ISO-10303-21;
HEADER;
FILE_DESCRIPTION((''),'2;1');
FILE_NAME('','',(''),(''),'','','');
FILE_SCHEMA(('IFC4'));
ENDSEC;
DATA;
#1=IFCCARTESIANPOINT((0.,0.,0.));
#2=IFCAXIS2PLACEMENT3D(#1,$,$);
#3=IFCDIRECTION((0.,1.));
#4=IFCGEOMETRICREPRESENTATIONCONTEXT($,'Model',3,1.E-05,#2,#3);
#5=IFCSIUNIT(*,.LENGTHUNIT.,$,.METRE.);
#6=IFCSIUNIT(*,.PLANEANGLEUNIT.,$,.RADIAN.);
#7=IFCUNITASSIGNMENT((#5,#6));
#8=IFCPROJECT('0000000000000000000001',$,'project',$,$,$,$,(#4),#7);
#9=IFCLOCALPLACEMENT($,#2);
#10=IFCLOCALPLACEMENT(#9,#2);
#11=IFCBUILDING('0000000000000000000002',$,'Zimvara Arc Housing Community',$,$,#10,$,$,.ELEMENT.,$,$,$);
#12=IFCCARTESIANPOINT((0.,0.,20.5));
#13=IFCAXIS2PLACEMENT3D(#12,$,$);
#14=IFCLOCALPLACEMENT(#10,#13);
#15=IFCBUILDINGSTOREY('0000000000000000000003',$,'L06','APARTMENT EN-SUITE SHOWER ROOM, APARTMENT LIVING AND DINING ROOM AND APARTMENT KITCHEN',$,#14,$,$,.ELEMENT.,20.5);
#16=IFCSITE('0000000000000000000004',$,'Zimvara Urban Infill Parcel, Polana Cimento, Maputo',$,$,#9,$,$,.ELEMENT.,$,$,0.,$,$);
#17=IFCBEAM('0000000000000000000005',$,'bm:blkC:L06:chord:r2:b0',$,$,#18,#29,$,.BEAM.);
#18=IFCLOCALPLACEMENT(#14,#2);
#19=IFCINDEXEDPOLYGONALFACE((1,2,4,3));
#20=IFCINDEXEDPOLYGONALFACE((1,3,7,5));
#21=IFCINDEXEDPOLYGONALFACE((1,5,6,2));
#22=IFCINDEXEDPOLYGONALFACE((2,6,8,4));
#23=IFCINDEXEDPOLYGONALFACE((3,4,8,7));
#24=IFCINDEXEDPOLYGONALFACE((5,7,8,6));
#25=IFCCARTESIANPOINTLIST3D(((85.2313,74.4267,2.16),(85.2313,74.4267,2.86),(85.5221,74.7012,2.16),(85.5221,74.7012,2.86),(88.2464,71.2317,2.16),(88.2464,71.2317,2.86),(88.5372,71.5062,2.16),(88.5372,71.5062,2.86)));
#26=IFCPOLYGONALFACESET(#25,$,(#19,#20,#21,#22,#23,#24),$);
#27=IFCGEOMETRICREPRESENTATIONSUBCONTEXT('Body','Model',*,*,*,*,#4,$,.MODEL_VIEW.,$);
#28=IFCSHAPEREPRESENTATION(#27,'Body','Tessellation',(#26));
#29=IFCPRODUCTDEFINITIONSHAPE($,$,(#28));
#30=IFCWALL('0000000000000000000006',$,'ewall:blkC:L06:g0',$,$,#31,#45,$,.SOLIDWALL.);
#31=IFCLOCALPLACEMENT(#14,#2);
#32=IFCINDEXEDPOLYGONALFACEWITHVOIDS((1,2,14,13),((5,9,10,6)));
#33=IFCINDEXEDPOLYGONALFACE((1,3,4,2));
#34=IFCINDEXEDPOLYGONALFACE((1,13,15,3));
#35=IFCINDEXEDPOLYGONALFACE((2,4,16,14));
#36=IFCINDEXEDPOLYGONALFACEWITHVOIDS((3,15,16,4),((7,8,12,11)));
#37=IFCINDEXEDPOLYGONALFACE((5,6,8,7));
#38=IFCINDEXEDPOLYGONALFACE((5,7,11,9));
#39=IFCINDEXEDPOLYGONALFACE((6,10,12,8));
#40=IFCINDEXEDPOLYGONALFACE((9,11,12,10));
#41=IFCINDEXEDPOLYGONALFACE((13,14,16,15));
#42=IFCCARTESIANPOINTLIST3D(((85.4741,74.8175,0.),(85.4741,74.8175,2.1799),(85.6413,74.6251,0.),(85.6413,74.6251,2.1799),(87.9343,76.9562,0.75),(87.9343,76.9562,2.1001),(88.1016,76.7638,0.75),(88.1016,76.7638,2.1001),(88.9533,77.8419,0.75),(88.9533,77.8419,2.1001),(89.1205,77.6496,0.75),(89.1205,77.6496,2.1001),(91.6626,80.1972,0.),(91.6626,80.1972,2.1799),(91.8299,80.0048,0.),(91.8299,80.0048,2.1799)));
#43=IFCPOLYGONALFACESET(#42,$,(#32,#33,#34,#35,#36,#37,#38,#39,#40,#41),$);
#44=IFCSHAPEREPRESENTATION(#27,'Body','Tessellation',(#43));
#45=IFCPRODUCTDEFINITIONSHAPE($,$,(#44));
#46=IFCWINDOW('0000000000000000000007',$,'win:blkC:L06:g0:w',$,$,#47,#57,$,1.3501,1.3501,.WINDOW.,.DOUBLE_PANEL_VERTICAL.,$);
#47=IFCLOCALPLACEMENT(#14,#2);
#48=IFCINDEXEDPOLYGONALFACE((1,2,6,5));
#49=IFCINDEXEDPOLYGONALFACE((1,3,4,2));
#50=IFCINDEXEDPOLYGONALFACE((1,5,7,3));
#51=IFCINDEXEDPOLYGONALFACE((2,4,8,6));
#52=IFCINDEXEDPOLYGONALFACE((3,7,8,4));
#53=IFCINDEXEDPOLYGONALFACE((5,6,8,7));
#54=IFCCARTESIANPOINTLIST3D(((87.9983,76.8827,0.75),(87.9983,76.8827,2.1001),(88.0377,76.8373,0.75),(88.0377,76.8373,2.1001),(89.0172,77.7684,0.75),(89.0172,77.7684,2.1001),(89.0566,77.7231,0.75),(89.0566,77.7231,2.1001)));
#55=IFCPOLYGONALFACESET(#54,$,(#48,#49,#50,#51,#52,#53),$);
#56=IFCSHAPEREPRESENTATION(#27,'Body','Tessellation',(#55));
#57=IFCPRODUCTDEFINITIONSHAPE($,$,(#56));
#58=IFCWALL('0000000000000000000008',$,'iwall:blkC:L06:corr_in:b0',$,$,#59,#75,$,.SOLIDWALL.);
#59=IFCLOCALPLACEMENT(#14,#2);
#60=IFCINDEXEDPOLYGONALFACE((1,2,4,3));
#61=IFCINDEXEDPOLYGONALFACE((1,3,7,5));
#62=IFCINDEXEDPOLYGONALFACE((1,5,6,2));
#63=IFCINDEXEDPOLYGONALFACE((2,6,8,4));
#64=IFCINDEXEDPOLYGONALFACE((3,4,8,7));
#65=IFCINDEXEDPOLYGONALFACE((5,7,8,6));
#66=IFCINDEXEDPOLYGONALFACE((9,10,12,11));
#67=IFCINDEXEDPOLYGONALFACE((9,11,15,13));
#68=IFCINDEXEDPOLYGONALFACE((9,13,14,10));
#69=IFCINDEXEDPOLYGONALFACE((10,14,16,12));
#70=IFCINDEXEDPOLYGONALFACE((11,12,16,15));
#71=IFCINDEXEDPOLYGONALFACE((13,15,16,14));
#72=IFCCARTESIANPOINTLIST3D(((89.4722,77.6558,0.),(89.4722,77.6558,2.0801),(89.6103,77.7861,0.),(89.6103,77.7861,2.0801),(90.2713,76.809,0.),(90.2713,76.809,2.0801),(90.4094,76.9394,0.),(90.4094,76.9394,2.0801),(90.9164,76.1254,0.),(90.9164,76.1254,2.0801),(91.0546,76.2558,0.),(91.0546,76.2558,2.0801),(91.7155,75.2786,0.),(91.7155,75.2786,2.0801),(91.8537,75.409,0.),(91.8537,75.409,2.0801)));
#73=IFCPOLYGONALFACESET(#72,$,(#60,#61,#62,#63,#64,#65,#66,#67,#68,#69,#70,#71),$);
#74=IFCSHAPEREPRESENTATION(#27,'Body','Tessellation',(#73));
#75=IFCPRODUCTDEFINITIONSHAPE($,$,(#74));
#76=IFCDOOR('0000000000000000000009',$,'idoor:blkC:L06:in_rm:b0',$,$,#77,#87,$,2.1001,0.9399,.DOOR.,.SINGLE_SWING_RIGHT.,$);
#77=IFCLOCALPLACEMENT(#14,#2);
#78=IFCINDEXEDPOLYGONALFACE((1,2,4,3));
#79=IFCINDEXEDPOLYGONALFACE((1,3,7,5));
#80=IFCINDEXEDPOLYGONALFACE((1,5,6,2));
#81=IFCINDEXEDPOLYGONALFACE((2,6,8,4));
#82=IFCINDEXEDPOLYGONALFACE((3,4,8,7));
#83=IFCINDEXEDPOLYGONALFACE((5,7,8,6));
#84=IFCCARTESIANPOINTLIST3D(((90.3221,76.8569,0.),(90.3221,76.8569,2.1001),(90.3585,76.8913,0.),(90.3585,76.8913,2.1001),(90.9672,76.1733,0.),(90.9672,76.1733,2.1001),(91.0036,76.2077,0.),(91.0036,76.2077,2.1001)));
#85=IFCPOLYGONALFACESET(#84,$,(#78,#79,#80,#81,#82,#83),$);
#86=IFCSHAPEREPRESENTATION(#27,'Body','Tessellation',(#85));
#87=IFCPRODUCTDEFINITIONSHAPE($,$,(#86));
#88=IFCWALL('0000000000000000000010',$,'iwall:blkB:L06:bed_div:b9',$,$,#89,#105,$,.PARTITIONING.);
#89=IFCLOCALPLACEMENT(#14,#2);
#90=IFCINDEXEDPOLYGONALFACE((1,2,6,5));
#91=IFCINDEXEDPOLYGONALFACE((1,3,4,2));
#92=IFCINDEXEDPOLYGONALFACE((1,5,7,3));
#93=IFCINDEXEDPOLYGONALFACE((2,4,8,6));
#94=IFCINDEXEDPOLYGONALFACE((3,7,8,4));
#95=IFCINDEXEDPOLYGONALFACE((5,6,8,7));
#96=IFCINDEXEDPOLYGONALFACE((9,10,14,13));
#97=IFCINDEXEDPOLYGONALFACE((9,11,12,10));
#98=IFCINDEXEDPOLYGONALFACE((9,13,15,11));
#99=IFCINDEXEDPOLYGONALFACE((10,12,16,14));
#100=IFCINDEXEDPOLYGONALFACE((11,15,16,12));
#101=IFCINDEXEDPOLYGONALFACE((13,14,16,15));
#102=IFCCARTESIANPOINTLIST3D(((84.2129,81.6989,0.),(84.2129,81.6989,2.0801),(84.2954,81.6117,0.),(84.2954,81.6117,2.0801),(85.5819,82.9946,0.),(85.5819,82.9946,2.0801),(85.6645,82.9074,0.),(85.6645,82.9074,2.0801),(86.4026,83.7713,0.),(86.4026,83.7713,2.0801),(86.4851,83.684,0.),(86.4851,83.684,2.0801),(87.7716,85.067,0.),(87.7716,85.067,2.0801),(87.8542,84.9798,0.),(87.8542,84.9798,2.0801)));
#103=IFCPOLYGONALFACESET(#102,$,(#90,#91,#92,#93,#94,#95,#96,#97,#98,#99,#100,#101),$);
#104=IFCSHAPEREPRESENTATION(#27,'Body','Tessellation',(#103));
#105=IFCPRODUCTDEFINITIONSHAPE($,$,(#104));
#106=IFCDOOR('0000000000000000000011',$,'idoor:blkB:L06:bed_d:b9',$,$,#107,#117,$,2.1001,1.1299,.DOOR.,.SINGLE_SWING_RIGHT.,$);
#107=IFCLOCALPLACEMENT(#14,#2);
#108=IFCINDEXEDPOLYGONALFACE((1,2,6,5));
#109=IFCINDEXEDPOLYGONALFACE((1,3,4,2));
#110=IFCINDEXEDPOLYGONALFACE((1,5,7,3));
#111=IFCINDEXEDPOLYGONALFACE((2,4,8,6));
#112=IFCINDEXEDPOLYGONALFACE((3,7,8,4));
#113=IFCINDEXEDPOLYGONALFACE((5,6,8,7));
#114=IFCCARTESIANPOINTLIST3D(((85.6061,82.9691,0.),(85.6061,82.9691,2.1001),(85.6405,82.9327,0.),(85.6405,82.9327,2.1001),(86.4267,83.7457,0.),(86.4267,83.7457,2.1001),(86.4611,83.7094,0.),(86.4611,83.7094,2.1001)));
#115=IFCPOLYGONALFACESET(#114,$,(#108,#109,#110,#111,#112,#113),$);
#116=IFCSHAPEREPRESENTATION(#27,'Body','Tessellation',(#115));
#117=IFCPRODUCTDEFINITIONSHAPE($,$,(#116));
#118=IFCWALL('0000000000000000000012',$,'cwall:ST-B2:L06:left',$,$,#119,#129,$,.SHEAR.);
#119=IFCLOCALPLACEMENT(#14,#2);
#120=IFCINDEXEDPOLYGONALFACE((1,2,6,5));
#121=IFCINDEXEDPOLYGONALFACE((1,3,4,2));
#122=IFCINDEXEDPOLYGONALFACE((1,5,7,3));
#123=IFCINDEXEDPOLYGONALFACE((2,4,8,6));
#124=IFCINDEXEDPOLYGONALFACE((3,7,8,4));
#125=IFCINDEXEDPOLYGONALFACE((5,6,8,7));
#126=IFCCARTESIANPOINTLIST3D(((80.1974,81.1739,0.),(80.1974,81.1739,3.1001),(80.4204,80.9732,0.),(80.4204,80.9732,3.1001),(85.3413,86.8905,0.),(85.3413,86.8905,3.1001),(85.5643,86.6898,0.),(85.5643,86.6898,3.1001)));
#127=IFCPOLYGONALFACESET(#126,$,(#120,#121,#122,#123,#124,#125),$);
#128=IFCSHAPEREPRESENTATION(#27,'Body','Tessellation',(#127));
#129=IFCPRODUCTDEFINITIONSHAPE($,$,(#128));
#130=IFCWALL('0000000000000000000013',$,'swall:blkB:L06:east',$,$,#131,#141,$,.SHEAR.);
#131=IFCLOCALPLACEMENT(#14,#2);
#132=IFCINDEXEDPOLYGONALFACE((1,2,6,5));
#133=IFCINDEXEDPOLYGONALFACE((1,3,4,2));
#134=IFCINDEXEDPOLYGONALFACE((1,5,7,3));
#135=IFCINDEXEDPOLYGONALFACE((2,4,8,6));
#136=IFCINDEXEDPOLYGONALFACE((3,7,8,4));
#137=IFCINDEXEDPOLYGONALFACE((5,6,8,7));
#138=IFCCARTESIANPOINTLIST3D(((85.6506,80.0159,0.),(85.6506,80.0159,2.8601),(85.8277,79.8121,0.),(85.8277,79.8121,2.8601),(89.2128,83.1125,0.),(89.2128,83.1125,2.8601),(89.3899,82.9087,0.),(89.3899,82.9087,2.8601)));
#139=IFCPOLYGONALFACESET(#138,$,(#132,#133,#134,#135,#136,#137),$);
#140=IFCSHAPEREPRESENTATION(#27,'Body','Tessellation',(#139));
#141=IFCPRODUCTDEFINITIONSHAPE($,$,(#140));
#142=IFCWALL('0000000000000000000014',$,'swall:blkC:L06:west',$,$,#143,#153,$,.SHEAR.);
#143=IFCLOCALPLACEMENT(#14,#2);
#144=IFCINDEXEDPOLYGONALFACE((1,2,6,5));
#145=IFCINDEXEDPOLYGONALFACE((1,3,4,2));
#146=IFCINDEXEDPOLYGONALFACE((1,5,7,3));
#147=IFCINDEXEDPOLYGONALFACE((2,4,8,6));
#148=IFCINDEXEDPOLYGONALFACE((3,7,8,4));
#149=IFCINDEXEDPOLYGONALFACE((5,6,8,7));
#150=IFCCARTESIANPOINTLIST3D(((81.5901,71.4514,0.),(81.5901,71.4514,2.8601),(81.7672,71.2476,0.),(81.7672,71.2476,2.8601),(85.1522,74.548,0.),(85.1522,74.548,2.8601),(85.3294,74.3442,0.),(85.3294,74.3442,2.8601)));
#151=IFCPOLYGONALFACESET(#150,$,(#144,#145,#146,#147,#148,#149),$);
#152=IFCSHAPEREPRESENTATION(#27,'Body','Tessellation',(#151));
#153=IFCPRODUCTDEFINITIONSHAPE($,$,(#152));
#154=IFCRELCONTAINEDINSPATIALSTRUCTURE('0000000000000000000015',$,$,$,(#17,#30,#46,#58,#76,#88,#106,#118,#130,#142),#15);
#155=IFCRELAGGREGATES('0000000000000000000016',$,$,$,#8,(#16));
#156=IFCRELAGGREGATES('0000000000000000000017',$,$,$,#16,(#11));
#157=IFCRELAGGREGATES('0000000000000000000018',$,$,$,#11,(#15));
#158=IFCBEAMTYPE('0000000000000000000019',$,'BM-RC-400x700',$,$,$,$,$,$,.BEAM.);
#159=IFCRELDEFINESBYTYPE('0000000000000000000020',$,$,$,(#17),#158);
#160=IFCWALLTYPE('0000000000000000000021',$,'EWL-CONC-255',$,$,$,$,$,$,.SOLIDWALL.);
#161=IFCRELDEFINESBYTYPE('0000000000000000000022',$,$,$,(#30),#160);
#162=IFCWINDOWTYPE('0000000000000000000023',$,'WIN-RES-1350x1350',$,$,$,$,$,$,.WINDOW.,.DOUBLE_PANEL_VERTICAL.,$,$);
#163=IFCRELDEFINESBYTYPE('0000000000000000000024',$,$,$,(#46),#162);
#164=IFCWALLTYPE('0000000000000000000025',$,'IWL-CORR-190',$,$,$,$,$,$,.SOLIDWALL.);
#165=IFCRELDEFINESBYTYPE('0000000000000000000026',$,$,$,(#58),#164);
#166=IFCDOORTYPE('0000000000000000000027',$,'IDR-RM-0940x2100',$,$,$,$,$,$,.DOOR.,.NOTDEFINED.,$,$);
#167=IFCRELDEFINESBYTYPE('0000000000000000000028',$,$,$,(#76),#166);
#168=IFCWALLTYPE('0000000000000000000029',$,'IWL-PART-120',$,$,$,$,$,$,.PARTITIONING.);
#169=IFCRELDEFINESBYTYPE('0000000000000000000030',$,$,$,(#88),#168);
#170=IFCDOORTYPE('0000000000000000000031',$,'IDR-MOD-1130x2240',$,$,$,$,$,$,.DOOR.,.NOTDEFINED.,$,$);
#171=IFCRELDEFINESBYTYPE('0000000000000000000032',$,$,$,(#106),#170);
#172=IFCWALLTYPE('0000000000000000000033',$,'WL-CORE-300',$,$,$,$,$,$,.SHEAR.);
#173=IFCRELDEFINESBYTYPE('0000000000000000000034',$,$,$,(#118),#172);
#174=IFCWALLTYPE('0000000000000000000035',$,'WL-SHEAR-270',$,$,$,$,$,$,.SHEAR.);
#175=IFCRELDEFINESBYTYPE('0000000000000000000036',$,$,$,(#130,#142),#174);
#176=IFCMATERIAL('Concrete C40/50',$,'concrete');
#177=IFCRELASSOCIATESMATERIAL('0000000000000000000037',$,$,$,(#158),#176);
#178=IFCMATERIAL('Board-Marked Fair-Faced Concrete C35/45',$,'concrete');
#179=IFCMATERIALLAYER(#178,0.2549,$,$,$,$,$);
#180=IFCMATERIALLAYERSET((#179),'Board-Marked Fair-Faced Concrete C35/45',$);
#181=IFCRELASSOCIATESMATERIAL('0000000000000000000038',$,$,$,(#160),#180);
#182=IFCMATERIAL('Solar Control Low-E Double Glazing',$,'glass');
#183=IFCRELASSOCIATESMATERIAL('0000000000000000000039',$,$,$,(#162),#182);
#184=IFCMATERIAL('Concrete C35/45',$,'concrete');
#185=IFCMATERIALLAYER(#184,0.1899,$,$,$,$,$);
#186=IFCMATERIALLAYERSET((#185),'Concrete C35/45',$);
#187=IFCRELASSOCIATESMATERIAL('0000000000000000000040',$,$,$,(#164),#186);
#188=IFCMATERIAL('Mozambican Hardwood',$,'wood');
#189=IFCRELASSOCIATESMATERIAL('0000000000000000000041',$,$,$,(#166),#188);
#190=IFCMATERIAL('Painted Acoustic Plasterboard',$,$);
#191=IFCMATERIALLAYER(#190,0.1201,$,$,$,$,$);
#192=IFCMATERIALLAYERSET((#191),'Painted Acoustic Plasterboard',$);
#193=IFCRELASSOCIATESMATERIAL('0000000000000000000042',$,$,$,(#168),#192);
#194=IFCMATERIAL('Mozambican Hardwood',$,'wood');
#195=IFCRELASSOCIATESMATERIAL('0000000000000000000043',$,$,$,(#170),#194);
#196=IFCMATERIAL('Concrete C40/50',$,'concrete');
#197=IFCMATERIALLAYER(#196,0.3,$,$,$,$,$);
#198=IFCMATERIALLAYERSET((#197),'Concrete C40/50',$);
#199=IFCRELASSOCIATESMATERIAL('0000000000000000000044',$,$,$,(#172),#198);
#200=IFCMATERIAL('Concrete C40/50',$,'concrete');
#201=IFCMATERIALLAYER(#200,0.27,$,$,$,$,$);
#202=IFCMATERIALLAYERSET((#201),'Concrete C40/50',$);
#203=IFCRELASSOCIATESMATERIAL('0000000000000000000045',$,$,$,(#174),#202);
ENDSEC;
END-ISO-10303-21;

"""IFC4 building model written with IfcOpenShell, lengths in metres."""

from ifc_helpers import new_model, si_unit, direction, frame, frame_2d, origin, origin_2d, place, context, subcontext, project, spatial, rectangle, extrude, material, layer, layer_set, material_profile, profile_set, type_object, element, fill, save


model = new_model("IFC4")

# Units and contexts
model_context = context("Model", 3, precision=1e-05, world=origin(), true_north=direction((0.0, 1.0)))
body_context = subcontext(model_context, "Body", "Model", "MODEL_VIEW")
ifc_project = project(units=[si_unit("LENGTHUNIT", "METRE"), si_unit("PLANEANGLEUNIT", "RADIAN")], contexts=[model_context])

# Site, building, storey
site_placement = place(None, origin())
site = spatial("IfcSite", under=ifc_project, at=site_placement, Name="Zimvara Urban Infill Parcel, Polana Cimento, Maputo", CompositionType="ELEMENT", RefElevation=0.0)
building_placement = place(site_placement, origin())
building = spatial("IfcBuilding", under=site, at=building_placement, Name="Zimvara Arc Housing Community", CompositionType="ELEMENT")
storey_placement = place(building_placement, frame((0.0, 0.0, 20.5)))
storey = spatial("IfcBuildingStorey", under=building, at=storey_placement, Name="L06", Description="APARTMENT EN-SUITE SHOWER ROOM, APARTMENT LIVING AND DINING ROOM AND APARTMENT KITCHEN", CompositionType="ELEMENT", Elevation=20.5)

# Beam
ifc_material_1 = material(Name="Concrete C40/50", Category="concrete")
ifc_material_profile_1 = material_profile(ifc_material_1, rectangle(XDim=0.3999, YDim=0.7, at=origin_2d()), Name="RC 400x700")
ifc_profile_set_1 = profile_set([ifc_material_profile_1], Name="Concrete C40/50")
beam_type_1 = type_object("IfcBeamType", Name="BM-RC-400x700", PredefinedType="BEAM", material=ifc_profile_set_1)
beam_1_placement = place(storey_placement, frame((85.3767, 74.564, 2.51), z_axis=(0.686331, -0.727289, 0.0), x_axis=(0.727289, 0.686331, 0.0)))
element("IfcBeam", 1, at=beam_1_placement, inside=storey, type_object=beam_type_1, Name="bm:blkC:L06:chord:r2:b0", PredefinedType="BEAM", context=body_context, shape_type="SweptSolid", body=[
    extrude(rectangle(XDim=0.3999, YDim=0.7, at=origin_2d()), origin(), (0.0, 0.0, 1.0), 4.3931),
])

# Wall, opening, window
ifc_material_2 = material(Name="Board-Marked Fair-Faced Concrete C35/45", Category="concrete")
ifc_layer_1 = layer(ifc_material_2, 0.2549)
ifc_layer_set_1 = layer_set([ifc_layer_1], Name="Board-Marked Fair-Faced Concrete C35/45")
wall_type_1 = type_object("IfcWallType", Name="EWL-CONC-255", PredefinedType="SOLIDWALL", material=ifc_layer_set_1)
wall_1_placement = place(storey_placement, frame((91.7463, 80.1011, 0.0), z_axis=(0.0, 0.0, 1.0), x_axis=(-0.754705, -0.656064, 0.0)))
wall_1 = element("IfcWall", 2, at=wall_1_placement, inside=storey, type_object=wall_type_1, Name="ewall:blkC:L06:g0", PredefinedType="SOLIDWALL", context=body_context, shape_type="SweptSolid", body=[
    extrude(rectangle(XDim=8.2, YDim=0.2549, at=frame_2d((4.1001, 0.0))), origin(), (0.0, 0.0, 1.0), 2.1799),
])
opening_1_placement = place(wall_1_placement, frame((3.5901, 0.0, 0.75)))
opening_1 = element("IfcOpeningElement", 3, at=opening_1_placement, cuts=wall_1, PredefinedType="OPENING", context=body_context, shape_type="SweptSolid", body=[
    extrude(rectangle(XDim=1.3501, YDim=1.3501, at=frame_2d((0.675, 0.675))), frame((0.0, 0.1375, 0.0), z_axis=(0.0, -1.0, 0.0), x_axis=(1.0, 0.0, 0.0)), (0.0, 0.0, 1.0), 0.2749),
])
ifc_material_3 = material(Name="Solar Control Low-E Double Glazing", Category="glass")
window_type = type_object("IfcWindowType", Name="WIN-RES-1350x1350", PartitioningType="DOUBLE_PANEL_VERTICAL", PredefinedType="WINDOW", material=ifc_material_3)
window_placement = place(opening_1_placement, origin())
window = element("IfcWindow", 4, at=window_placement, inside=storey, type_object=window_type, Name="win:blkC:L06:g0:w", OverallHeight=1.3501, OverallWidth=1.3501, PartitioningType="DOUBLE_PANEL_VERTICAL", PredefinedType="WINDOW", context=body_context, shape_type="SweptSolid", body=[
    extrude(rectangle(XDim=1.3501, YDim=1.3501, at=frame_2d((0.675, 0.675))), frame((0.0, 0.03, 0.0), z_axis=(0.0, -1.0, 0.0), x_axis=(1.0, 0.0, 0.0)), (0.0, 0.0, 1.0), 0.0601),
])
fill(opening_1, window)

# Walls, openings, doors
ifc_material_4 = material(Name="Concrete C35/45", Category="concrete")
ifc_layer_2 = layer(ifc_material_4, 0.1899)
ifc_layer_set_2 = layer_set([ifc_layer_2], Name="Concrete C35/45")
wall_type_2 = type_object("IfcWallType", Name="IWL-CORR-190", PredefinedType="SOLIDWALL", material=ifc_layer_set_2)
wall_2_placement = place(storey_placement, frame((89.5413, 77.7209, 0.0), z_axis=(0.0, 0.0, 1.0), x_axis=(0.686345, -0.727276, 0.0)))
wall_2 = element("IfcWall", 5, at=wall_2_placement, inside=storey, type_object=wall_type_2, Name="iwall:blkC:L06:corr_in:b0", PredefinedType="SOLIDWALL", context=body_context, shape_type="SweptSolid", body=[
    extrude(rectangle(XDim=3.2686, YDim=0.1899, at=frame_2d((1.6343, 0.0))), origin(), (0.0, 0.0, 1.0), 2.0801),
])
opening_2_placement = place(wall_2_placement, frame((1.1643, 0.0, 0.0)))
opening_2 = element("IfcOpeningElement", 6, at=opening_2_placement, cuts=wall_2, PredefinedType="OPENING", context=body_context, shape_type="SweptSolid", body=[
    extrude(rectangle(XDim=0.9399, YDim=2.1001, at=frame_2d((0.47, 1.05))), frame((0.0, 0.105, 0.0), z_axis=(0.0, -1.0, 0.0), x_axis=(1.0, 0.0, 0.0)), (0.0, 0.0, 1.0), 0.21),
])
ifc_material_5 = material(Name="Mozambican Hardwood", Category="wood")
door_type_1 = type_object("IfcDoorType", Name="IDR-RM-0940x2100", OperationType="NOTDEFINED", PredefinedType="DOOR", material=ifc_material_5)
door_1_placement = place(opening_2_placement, origin())
door_1 = element("IfcDoor", 7, at=door_1_placement, inside=storey, type_object=door_type_1, Name="idoor:blkC:L06:in_rm:b0", OperationType="SINGLE_SWING_RIGHT", OverallHeight=2.1001, OverallWidth=0.9399, PredefinedType="DOOR", context=body_context, shape_type="SweptSolid", body=[
    extrude(rectangle(XDim=0.9399, YDim=2.1001, at=frame_2d((0.47, 1.05))), frame((0.0, 0.0249, 0.0), z_axis=(0.0, -1.0, 0.0), x_axis=(1.0, 0.0, 0.0)), (0.0, 0.0, 1.0), 0.05),
])
fill(opening_2, door_1)
ifc_material_6 = material(Name="Painted Acoustic Plasterboard")
ifc_layer_3 = layer(ifc_material_6, 0.1201)
ifc_layer_set_3 = layer_set([ifc_layer_3], Name="Painted Acoustic Plasterboard")
wall_type_3 = type_object("IfcWallType", Name="IWL-PART-120", PredefinedType="PARTITIONING", material=ifc_layer_set_3)
wall_3_placement = place(storey_placement, frame((84.2542, 81.6553, 0.0), z_axis=(0.0, 0.0, 1.0), x_axis=(0.726296, 0.687382, 0.0)))
wall_3 = element("IfcWall", 8, at=wall_3_placement, inside=storey, type_object=wall_type_3, Name="iwall:blkB:L06:bed_div:b9", PredefinedType="PARTITIONING", context=body_context, shape_type="SweptSolid", body=[
    extrude(rectangle(XDim=4.8999, YDim=0.1201, at=frame_2d((2.45, 0.0))), origin(), (0.0, 0.0, 1.0), 2.0801),
])
opening_3_placement = place(wall_3_placement, frame((1.885, 0.0, 0.0)))
opening_3 = element("IfcOpeningElement", 9, at=opening_3_placement, cuts=wall_3, PredefinedType="OPENING", context=body_context, shape_type="SweptSolid", body=[
    extrude(rectangle(XDim=1.1299, YDim=2.1001, at=frame_2d((0.5649, 1.05))), frame((0.0, 0.0701, 0.0), z_axis=(0.0, -1.0, 0.0), x_axis=(1.0, 0.0, 0.0)), (0.0, 0.0, 1.0), 0.1401),
])
ifc_material_7 = material(Name="Mozambican Hardwood", Category="wood")
door_type_2 = type_object("IfcDoorType", Name="IDR-MOD-1130x2240", OperationType="NOTDEFINED", PredefinedType="DOOR", material=ifc_material_7)
door_2_placement = place(opening_3_placement, origin())
door_2 = element("IfcDoor", 10, at=door_2_placement, inside=storey, type_object=door_type_2, Name="idoor:blkB:L06:bed_d:b9", OperationType="SINGLE_SWING_RIGHT", OverallHeight=2.1001, OverallWidth=1.1299, PredefinedType="DOOR", context=body_context, shape_type="SweptSolid", body=[
    extrude(rectangle(XDim=1.1299, YDim=2.1001, at=frame_2d((0.5649, 1.05))), frame((0.0, 0.0249, 0.0), z_axis=(0.0, -1.0, 0.0), x_axis=(1.0, 0.0, 0.0)), (0.0, 0.0, 1.0), 0.05),
])
fill(opening_3, door_2)
ifc_material_8 = material(Name="Concrete C40/50", Category="concrete")
ifc_layer_4 = layer(ifc_material_8, 0.3)
ifc_layer_set_4 = layer_set([ifc_layer_4], Name="Concrete C40/50")
wall_type_4 = type_object("IfcWallType", Name="WL-CORE-300", PredefinedType="SHEAR", material=ifc_layer_set_4)

# Walls
wall_4_placement = place(storey_placement, frame((80.3088, 81.0735, 0.0), z_axis=(0.0, 0.0, 1.0), x_axis=(0.668886, 0.743365, 0.0)))
element("IfcWall", 11, at=wall_4_placement, inside=storey, type_object=wall_type_4, Name="cwall:ST-B2:L06:left", PredefinedType="SHEAR", context=body_context, shape_type="SweptSolid", body=[
    extrude(rectangle(XDim=7.6902, YDim=0.3, at=frame_2d((3.8452, 0.0))), origin(), (0.0, 0.0, 1.0), 3.1001),
])
ifc_material_9 = material(Name="Concrete C40/50", Category="concrete")
ifc_layer_5 = layer(ifc_material_9, 0.27)
ifc_layer_set_5 = layer_set([ifc_layer_5], Name="Concrete C40/50")
wall_type_5 = type_object("IfcWallType", Name="WL-SHEAR-270", PredefinedType="SHEAR", material=ifc_layer_set_5)
for number, where, z_axis, x_axis, name in (
    (12, (85.7393, 79.9141, 0.0), (0.0, 0.0, 1.0), (0.754704, 0.656066, 0.0), "swall:blkB:L06:east"),
    (13, (85.2407, 74.446, 0.0), (0.0, 0.0, 1.0), (-0.754704, -0.656066, 0.0), "swall:blkC:L06:west"),
):
    element("IfcWall", number, at=place(storey_placement, frame(where, z_axis=z_axis, x_axis=x_axis)), inside=storey, type_object=wall_type_5, Name=name, PredefinedType="SHEAR", context=body_context, shape_type="SweptSolid", body=[
        extrude(rectangle(XDim=4.72, YDim=0.27, at=frame_2d((2.3599, 0.0))), origin(), (0.0, 0.0, 1.0), 2.8601),
    ])

save(model, "model.ifc")
